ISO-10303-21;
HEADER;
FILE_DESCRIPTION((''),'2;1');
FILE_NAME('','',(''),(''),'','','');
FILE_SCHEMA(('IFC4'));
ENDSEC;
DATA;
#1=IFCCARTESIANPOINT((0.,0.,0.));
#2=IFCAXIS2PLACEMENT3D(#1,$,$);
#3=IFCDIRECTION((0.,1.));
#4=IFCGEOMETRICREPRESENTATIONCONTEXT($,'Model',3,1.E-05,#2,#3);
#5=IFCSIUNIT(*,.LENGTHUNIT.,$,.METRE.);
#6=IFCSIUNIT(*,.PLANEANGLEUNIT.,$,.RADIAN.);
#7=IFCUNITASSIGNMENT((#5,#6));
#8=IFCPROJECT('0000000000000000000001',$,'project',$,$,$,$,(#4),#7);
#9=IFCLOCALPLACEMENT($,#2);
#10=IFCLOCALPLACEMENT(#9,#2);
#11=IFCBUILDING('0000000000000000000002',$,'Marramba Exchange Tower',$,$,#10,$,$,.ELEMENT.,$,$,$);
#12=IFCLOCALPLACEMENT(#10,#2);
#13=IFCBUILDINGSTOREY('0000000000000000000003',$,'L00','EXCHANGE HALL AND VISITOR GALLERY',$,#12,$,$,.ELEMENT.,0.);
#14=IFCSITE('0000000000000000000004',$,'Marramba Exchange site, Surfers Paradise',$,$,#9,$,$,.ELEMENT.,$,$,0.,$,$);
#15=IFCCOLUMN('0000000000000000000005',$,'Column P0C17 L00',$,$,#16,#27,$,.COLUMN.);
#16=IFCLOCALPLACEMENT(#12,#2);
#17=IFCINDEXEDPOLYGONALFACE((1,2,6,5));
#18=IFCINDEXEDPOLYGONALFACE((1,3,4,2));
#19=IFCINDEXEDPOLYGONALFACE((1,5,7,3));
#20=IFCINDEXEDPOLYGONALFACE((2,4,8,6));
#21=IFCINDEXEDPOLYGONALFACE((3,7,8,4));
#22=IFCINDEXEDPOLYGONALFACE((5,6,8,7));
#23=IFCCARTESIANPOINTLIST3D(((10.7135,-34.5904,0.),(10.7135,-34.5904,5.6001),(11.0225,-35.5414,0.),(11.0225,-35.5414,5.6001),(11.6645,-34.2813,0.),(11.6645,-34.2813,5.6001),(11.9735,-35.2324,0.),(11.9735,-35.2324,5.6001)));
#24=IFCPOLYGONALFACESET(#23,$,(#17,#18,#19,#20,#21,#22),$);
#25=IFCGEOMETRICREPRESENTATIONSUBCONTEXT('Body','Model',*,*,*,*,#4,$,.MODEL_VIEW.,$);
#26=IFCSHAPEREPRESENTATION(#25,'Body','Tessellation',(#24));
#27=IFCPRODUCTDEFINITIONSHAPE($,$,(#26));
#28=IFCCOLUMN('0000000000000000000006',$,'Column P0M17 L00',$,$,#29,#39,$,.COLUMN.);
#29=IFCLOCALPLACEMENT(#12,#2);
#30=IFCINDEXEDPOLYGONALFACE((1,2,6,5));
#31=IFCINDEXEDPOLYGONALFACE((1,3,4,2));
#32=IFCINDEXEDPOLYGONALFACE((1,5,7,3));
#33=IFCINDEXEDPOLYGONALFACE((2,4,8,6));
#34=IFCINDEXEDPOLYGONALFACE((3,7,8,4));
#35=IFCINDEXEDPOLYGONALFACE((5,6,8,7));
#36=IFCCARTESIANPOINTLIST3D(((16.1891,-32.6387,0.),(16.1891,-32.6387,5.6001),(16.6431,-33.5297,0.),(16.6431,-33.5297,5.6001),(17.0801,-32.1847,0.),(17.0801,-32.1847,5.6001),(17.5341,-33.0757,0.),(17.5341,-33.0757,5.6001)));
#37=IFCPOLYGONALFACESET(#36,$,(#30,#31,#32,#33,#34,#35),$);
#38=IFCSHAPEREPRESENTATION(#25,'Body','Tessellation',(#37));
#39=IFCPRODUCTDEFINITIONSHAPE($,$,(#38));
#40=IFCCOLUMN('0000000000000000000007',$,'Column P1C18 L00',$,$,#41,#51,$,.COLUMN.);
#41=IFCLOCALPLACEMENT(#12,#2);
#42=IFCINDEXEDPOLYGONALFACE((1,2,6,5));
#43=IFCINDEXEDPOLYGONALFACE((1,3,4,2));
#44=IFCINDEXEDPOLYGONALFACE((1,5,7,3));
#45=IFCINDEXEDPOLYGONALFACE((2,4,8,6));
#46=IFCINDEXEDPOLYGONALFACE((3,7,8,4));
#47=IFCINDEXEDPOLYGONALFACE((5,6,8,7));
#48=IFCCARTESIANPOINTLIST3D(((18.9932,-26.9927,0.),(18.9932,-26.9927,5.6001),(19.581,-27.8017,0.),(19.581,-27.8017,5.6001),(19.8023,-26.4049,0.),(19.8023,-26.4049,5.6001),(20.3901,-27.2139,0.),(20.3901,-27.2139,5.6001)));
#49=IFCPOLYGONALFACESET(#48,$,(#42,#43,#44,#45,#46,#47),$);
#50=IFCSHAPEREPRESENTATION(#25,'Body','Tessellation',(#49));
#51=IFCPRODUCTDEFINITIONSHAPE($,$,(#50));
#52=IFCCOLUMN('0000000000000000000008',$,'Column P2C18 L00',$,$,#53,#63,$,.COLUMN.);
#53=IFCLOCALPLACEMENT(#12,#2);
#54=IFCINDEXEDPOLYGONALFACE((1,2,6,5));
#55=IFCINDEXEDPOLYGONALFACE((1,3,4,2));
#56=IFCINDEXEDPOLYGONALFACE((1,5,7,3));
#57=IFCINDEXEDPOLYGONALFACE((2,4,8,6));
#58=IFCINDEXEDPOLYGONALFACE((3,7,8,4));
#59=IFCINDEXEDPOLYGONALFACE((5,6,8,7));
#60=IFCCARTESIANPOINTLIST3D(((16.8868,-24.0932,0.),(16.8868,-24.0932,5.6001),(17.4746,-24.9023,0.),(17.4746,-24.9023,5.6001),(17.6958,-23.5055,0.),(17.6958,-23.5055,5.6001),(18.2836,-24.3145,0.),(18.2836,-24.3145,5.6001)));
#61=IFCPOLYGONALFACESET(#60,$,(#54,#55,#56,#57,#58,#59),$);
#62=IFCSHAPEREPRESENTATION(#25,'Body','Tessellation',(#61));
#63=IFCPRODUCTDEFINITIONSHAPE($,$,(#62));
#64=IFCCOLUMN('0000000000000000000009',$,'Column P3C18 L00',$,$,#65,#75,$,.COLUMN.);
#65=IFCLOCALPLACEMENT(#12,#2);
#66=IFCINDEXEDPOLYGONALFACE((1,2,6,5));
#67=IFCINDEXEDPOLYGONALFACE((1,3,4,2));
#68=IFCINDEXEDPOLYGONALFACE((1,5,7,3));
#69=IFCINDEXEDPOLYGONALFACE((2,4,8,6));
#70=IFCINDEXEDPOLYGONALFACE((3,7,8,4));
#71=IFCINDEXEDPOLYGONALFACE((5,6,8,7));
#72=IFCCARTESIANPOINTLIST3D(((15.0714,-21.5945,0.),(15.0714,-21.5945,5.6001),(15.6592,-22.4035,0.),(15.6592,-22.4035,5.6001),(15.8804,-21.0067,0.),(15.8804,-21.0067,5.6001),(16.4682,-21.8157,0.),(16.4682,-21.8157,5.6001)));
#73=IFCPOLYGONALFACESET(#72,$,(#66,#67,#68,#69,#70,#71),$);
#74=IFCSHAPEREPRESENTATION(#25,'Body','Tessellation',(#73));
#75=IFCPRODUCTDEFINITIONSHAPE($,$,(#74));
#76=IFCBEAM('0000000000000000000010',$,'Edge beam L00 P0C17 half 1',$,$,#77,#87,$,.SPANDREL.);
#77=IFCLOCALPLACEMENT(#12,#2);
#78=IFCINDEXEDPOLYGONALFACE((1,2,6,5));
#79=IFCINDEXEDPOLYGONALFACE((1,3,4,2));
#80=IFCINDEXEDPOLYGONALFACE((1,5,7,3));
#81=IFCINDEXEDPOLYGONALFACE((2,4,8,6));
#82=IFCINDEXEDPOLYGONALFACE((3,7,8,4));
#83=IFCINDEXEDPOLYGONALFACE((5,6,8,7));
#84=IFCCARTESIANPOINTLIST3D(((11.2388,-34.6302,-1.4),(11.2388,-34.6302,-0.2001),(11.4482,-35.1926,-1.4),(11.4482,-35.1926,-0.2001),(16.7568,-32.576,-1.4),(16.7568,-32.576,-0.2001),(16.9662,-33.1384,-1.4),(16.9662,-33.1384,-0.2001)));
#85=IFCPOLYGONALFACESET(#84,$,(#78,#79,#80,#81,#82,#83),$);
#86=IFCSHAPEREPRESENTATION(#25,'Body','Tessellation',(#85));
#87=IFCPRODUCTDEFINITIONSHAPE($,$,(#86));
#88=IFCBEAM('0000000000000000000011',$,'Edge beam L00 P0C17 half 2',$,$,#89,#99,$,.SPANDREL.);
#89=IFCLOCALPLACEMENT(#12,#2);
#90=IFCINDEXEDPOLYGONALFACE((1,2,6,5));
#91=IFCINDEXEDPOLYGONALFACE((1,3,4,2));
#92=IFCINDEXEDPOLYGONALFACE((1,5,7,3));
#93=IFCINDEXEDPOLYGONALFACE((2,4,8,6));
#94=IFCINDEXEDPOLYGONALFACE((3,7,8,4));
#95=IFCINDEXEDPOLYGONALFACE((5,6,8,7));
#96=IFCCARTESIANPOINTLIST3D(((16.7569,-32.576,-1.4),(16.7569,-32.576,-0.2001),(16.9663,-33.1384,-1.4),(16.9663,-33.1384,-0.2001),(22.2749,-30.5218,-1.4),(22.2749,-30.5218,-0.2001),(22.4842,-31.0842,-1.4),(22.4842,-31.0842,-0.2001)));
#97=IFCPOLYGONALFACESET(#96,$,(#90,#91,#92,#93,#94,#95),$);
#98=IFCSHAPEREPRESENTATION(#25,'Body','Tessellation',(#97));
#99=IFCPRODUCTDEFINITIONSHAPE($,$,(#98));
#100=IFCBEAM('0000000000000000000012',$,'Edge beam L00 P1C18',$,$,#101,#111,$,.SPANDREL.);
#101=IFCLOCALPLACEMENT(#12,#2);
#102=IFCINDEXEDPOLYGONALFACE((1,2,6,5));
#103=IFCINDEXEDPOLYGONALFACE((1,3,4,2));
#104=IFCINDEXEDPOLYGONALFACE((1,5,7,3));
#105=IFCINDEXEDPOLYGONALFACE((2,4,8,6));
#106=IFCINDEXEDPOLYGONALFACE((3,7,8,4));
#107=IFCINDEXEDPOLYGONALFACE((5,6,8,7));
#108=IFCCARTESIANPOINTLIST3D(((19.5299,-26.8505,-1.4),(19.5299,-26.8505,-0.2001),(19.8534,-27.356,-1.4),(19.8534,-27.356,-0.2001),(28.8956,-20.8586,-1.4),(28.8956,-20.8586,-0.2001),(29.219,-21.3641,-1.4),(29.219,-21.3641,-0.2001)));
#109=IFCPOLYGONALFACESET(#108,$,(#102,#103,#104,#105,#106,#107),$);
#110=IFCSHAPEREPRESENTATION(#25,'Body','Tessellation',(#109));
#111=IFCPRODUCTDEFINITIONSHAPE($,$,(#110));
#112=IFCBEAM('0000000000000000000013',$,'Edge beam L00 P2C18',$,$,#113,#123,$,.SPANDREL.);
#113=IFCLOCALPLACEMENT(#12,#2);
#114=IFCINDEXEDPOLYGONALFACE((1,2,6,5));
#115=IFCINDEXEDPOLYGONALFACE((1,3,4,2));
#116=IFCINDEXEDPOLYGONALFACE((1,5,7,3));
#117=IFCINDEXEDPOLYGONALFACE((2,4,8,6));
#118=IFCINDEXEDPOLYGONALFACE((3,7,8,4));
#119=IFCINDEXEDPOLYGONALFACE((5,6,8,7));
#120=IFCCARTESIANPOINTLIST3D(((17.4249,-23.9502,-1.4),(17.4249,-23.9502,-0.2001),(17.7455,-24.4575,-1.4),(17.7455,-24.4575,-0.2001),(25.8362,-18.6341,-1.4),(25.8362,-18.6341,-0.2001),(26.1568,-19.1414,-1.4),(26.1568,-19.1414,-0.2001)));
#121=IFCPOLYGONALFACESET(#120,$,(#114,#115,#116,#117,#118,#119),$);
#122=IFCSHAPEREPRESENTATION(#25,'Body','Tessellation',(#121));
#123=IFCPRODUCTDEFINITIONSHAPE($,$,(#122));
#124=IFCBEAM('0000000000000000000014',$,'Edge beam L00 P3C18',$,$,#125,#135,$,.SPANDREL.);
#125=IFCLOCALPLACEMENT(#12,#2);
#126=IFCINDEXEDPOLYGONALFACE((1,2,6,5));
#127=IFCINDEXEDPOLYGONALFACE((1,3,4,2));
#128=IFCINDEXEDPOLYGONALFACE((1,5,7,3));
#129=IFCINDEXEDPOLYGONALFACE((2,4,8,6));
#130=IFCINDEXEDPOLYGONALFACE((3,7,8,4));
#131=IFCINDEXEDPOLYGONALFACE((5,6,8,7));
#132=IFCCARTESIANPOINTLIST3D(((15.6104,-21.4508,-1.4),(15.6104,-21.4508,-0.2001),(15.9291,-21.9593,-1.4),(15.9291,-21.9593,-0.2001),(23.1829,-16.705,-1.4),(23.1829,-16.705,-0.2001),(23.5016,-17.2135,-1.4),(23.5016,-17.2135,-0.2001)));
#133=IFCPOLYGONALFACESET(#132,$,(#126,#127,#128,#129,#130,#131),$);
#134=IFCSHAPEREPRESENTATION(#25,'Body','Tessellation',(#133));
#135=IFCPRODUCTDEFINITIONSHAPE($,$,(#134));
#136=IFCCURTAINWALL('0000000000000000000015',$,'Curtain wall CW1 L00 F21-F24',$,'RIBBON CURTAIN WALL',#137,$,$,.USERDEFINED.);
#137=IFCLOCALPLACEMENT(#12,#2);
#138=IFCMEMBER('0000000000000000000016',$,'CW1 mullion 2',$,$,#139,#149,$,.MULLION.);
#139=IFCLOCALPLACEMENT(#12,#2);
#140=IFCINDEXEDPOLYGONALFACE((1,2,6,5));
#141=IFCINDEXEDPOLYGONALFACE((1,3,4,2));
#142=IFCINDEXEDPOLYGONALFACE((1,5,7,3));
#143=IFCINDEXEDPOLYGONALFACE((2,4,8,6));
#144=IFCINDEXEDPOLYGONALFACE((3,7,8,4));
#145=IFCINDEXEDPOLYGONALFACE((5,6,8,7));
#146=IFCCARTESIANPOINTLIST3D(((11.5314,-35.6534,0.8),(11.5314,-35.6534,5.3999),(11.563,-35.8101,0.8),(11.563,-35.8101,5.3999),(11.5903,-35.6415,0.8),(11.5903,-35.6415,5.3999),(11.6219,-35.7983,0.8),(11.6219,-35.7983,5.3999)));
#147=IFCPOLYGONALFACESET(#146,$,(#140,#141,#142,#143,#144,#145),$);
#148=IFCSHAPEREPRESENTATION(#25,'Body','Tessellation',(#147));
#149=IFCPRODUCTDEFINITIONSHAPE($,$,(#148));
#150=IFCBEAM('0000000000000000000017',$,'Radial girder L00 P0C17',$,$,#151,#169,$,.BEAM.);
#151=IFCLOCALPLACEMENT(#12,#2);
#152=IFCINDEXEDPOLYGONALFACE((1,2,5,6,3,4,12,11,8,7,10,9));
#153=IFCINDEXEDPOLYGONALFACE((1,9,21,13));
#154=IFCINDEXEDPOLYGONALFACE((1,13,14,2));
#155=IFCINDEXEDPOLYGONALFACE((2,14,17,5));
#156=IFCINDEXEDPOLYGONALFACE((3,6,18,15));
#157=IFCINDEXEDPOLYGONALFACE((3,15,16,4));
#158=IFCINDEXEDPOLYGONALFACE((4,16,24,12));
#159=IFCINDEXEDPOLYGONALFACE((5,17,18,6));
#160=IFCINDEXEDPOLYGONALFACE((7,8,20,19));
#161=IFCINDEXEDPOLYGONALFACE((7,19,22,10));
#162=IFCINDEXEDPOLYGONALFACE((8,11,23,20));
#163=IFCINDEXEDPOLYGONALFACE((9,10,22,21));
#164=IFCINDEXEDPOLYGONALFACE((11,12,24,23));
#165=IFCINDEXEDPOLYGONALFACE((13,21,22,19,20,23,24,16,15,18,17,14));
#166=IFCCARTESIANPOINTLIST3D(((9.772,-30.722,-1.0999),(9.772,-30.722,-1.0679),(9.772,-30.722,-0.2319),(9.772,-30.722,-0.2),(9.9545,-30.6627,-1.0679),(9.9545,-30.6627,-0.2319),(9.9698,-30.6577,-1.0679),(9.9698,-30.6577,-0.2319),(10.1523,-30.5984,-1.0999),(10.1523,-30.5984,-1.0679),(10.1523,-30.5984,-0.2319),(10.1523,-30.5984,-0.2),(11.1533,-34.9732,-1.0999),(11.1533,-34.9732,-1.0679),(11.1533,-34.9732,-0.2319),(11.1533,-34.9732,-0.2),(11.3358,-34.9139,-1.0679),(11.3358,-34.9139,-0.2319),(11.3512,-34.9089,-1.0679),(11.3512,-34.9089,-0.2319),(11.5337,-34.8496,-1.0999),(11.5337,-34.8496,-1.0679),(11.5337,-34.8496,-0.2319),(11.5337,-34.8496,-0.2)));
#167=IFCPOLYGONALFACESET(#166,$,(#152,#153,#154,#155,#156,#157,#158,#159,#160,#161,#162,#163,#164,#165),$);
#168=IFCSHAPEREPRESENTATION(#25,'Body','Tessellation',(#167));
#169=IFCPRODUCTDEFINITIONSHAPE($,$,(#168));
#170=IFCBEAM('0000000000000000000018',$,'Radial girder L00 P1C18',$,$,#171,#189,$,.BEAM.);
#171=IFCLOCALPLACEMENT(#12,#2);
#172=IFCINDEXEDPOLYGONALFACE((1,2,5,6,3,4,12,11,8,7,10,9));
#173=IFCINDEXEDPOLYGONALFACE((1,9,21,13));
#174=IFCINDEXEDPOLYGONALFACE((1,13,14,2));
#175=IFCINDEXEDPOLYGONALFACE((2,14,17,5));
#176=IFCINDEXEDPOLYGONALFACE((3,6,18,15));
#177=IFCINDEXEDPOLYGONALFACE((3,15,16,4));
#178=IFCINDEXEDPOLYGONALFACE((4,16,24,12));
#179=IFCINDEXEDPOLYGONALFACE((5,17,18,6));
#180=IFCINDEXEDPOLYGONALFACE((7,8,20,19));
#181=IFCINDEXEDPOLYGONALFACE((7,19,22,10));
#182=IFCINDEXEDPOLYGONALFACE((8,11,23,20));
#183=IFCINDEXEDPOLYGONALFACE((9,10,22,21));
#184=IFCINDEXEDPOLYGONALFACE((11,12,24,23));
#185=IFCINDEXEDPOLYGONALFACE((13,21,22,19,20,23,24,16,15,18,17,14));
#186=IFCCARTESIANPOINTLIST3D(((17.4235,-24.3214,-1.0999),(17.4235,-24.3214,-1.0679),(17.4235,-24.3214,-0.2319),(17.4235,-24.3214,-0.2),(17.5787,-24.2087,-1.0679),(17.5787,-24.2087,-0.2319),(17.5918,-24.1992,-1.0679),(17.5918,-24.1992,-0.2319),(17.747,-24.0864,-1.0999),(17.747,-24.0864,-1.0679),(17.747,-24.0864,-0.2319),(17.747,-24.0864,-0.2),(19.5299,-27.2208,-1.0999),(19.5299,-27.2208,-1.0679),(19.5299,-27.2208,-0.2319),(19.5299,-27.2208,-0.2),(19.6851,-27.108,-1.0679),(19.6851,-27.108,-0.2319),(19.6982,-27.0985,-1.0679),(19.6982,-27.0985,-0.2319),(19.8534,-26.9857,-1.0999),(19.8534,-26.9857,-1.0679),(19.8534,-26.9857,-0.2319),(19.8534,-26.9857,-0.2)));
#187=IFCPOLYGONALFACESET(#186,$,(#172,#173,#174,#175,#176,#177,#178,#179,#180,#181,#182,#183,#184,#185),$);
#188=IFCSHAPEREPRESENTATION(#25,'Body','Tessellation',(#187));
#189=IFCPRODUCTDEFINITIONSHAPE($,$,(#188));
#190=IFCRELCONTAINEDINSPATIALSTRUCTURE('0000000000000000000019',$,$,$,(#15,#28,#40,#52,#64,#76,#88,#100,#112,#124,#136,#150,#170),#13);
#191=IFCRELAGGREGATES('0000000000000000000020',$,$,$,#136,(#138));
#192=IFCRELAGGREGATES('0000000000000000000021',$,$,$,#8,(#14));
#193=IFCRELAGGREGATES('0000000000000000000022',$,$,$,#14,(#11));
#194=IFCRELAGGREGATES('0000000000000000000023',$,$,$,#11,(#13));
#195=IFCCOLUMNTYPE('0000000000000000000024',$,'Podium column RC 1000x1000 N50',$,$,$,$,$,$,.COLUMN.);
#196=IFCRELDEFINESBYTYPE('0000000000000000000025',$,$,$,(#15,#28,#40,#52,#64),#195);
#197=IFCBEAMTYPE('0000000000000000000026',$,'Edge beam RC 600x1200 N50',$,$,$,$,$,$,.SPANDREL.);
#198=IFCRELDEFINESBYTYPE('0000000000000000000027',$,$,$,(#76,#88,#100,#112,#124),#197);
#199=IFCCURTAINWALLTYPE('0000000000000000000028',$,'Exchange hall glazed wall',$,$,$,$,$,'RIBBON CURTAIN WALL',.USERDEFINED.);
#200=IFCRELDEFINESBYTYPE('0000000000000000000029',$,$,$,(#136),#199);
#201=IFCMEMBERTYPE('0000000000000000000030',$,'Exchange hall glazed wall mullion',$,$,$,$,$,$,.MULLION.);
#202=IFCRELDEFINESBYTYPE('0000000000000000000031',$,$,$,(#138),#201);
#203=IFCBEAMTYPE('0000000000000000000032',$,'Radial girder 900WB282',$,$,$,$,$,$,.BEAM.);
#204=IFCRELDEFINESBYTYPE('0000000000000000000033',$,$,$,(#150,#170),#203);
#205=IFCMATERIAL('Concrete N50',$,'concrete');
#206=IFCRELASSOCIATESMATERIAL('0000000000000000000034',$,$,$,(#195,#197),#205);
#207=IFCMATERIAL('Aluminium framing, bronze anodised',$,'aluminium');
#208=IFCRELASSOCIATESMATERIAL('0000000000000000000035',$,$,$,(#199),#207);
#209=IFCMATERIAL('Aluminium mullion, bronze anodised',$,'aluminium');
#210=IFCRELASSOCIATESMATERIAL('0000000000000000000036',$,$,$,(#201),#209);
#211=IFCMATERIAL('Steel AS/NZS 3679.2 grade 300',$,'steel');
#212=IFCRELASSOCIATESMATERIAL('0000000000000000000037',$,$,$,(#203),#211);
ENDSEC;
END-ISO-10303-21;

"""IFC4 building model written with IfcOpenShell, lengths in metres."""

from ifc_helpers import new_model, si_unit, direction, frame, origin, origin_2d, place, context, subcontext, project, spatial, rectangle, i_section, extrude, material, material_profile, profile_set, type_object, element, aggregate, save


model = new_model("IFC4")

# Units and contexts
model_context = context("Model", 3, precision=1e-05, world=origin(), true_north=direction((0.0, 1.0)))
body_context = subcontext(model_context, "Body", "Model", "MODEL_VIEW")
ifc_project = project(units=[si_unit("LENGTHUNIT", "METRE"), si_unit("PLANEANGLEUNIT", "RADIAN")], contexts=[model_context])

# Site, building, storey
site_placement = place(None, origin())
site = spatial("IfcSite", under=ifc_project, at=site_placement, Name="Marramba Exchange site, Surfers Paradise", CompositionType="ELEMENT", RefElevation=0.0)
building_placement = place(site_placement, origin())
building = spatial("IfcBuilding", under=site, at=building_placement, Name="Marramba Exchange Tower", CompositionType="ELEMENT")
storey_placement = place(building_placement, origin())
storey = spatial("IfcBuildingStorey", under=building, at=storey_placement, Name="L00", Description="EXCHANGE HALL AND VISITOR GALLERY", CompositionType="ELEMENT", Elevation=0.0)

# Columns
ifc_material_1 = material(Name="Concrete N50", Category="concrete")
ifc_material_profile_1 = material_profile(ifc_material_1, rectangle(XDim=1.0, YDim=1.0, at=origin_2d()), Name="RC 1000x1000")
ifc_profile_set_1 = profile_set([ifc_material_profile_1], Name="Concrete N50")
column_type = type_object("IfcColumnType", Name="Podium column RC 1000x1000 N50", PredefinedType="COLUMN", material=ifc_profile_set_1)
for number, where, z_axis, x_axis, name in (
    (1, (11.3435, -34.9114, 0.0), (0.0, 0.0, 1.0), (0.309017, -0.951057, 0.0), "Column P0C17 L00"),
    (2, (16.8616, -32.8572, 0.0), (0.0, 0.0, 1.0), (0.45399, -0.891007, 0.0), "Column P0M17 L00"),
    (3, (19.6917, -27.1033, 0.0), (0.0, 0.0, 1.0), (0.587785, -0.809017, 0.0), "Column P1C18 L00"),
    (4, (17.5852, -24.2039, 0.0), (0.0, 0.0, 1.0), (0.587785, -0.809017, 0.0), "Column P2C18 L00"),
    (5, (15.7698, -21.7051, 0.0), (0.0, 0.0, 1.0), (0.587785, -0.809017, 0.0), "Column P3C18 L00"),
):
    element("IfcColumn", number, at=place(storey_placement, frame(where, z_axis=z_axis, x_axis=x_axis)), inside=storey, type_object=column_type, Name=name, PredefinedType="COLUMN", context=body_context, shape_type="SweptSolid", body=[
        extrude(rectangle(XDim=1.0, YDim=1.0, at=origin_2d()), origin(), (0.0, 0.0, 1.0), 5.6001),
    ])

# Beams
ifc_material_profile_2 = material_profile(ifc_material_1, rectangle(XDim=0.6001, YDim=1.2, at=origin_2d()), Name="RC 600x1200")
ifc_profile_set_2 = profile_set([ifc_material_profile_2], Name="Concrete N50")
beam_type_1 = type_object("IfcBeamType", Name="Edge beam RC 600x1200 N50", PredefinedType="SPANDREL", material=ifc_profile_set_2)
for number, where, z_axis, x_axis, name in (
    (6, (11.3435, -34.9114, -0.8), (0.937168, 0.348878, 0.0), (-0.348878, 0.937168, 0.0), "Edge beam L00 P0C17 half 1"),
    (7, (16.8616, -32.8572, -0.8), (0.937168, 0.348878, 0.0), (-0.348878, 0.937168, 0.0), "Edge beam L00 P0C17 half 2"),
):
    element("IfcBeam", number, at=place(storey_placement, frame(where, z_axis=z_axis, x_axis=x_axis)), inside=storey, type_object=beam_type_1, Name=name, PredefinedType="SPANDREL", context=body_context, shape_type="SweptSolid", body=[
        extrude(rectangle(XDim=0.6001, YDim=1.2, at=origin_2d()), origin(), (0.0, 0.0, 1.0), 5.8879),
    ])
beam_1_placement = place(storey_placement, frame((19.6917, -27.1033, -0.8), z_axis=(0.842358, 0.538918, 0.0), x_axis=(-0.538918, 0.842358, 0.0)))
element("IfcBeam", 8, at=beam_1_placement, inside=storey, type_object=beam_type_1, Name="Edge beam L00 P1C18", PredefinedType="SPANDREL", context=body_context, shape_type="SweptSolid", body=[
    extrude(rectangle(XDim=0.6001, YDim=1.2, at=origin_2d()), origin(), (0.0, 0.0, 1.0), 11.1184),
])
beam_2_placement = place(storey_placement, frame((17.5852, -24.2039, -0.8), z_axis=(0.84532, 0.53426, 0.0), x_axis=(-0.53426, 0.84532, 0.0)))
element("IfcBeam", 9, at=beam_2_placement, inside=storey, type_object=beam_type_1, Name="Edge beam L00 P2C18", PredefinedType="SPANDREL", context=body_context, shape_type="SweptSolid", body=[
    extrude(rectangle(XDim=0.6001, YDim=1.2, at=origin_2d()), origin(), (0.0, 0.0, 1.0), 9.9504),
])
beam_3_placement = place(storey_placement, frame((15.7698, -21.7051, -0.8), z_axis=(0.847342, 0.531047, 0.0), x_axis=(-0.531047, 0.847342, 0.0)))
element("IfcBeam", 10, at=beam_3_placement, inside=storey, type_object=beam_type_1, Name="Edge beam L00 P3C18", PredefinedType="SPANDREL", context=body_context, shape_type="SweptSolid", body=[
    extrude(rectangle(XDim=0.6001, YDim=1.2, at=origin_2d()), origin(), (0.0, 0.0, 1.0), 8.9368),
])

# Curtain wall, member
ifc_material_2 = material(Name="Aluminium framing, bronze anodised", Category="aluminium")
curtain_wall_type = type_object("IfcCurtainWallType", Name="Exchange hall glazed wall", ElementType="RIBBON CURTAIN WALL", PredefinedType="USERDEFINED", material=ifc_material_2)
curtain_wall_placement = place(storey_placement, origin())
curtain_wall = element("IfcCurtainWall", 11, at=curtain_wall_placement, inside=storey, type_object=curtain_wall_type, Name="Curtain wall CW1 L00 F21-F24", ObjectType="RIBBON CURTAIN WALL", PredefinedType="USERDEFINED")
ifc_material_3 = material(Name="Aluminium mullion, bronze anodised", Category="aluminium")
ifc_material_profile_3 = material_profile(ifc_material_3, rectangle(XDim=0.1599, YDim=0.0601, at=origin_2d()), Name="CW1 mullion 60x160")
ifc_profile_set_3 = profile_set([ifc_material_profile_3], Name="Aluminium mullion, bronze anodised")
member_type = type_object("IfcMemberType", Name="Exchange hall glazed wall mullion", PredefinedType="MULLION", material=ifc_profile_set_3)
member_placement = place(storey_placement, frame((11.5767, -35.7258, 0.8), z_axis=(0.0, 0.0, 1.0), x_axis=(-0.197535, 0.980296, 0.0)))
member = element("IfcMember", 12, at=member_placement, type_object=member_type, Name="CW1 mullion 2", PredefinedType="MULLION", context=body_context, shape_type="SweptSolid", body=[
    extrude(rectangle(XDim=0.1599, YDim=0.0601, at=origin_2d()), origin(), (0.0, 0.0, 1.0), 4.5999),
])
aggregate(curtain_wall, [member])

# Beams
ifc_material_4 = material(Name="Steel AS/NZS 3679.2 grade 300", Category="steel")
ifc_material_profile_4 = material_profile(ifc_material_4, i_section(OverallWidth=0.3999, OverallDepth=0.8999, WebThickness=0.0161, FlangeThickness=0.032, at=origin_2d()), Name="900WB282")
ifc_profile_set_4 = profile_set([ifc_material_profile_4], Name="Steel AS/NZS 3679.2 grade 300")
beam_type_2 = type_object("IfcBeamType", Name="Radial girder 900WB282", PredefinedType="BEAM", material=ifc_profile_set_4)
beam_4_placement = place(storey_placement, frame((11.3435, -34.9114, -0.6499), z_axis=(-0.309026, 0.951054, 0.0), x_axis=(-0.951054, -0.309026, 0.0)))
element("IfcBeam", 13, at=beam_4_placement, inside=storey, type_object=beam_type_2, Name="Radial girder L00 P0C17", PredefinedType="BEAM", context=body_context, shape_type="SweptSolid", body=[
    extrude(i_section(OverallWidth=0.3999, OverallDepth=0.8999, WebThickness=0.0161, FlangeThickness=0.032, at=origin_2d()), origin(), (0.0, 0.0, 1.0), 4.47),
])
beam_5_placement = place(storey_placement, frame((19.6917, -27.1033, -0.6499), z_axis=(-0.587767, 0.809031, 0.0), x_axis=(-0.809031, -0.587767, 0.0)))
element("IfcBeam", 14, at=beam_5_placement, inside=storey, type_object=beam_type_2, Name="Radial girder L00 P1C18", PredefinedType="BEAM", context=body_context, shape_type="SweptSolid", body=[
    extrude(i_section(OverallWidth=0.3999, OverallDepth=0.8999, WebThickness=0.0161, FlangeThickness=0.032, at=origin_2d()), origin(), (0.0, 0.0, 1.0), 3.5837),
])

save(model, "model.ifc")
